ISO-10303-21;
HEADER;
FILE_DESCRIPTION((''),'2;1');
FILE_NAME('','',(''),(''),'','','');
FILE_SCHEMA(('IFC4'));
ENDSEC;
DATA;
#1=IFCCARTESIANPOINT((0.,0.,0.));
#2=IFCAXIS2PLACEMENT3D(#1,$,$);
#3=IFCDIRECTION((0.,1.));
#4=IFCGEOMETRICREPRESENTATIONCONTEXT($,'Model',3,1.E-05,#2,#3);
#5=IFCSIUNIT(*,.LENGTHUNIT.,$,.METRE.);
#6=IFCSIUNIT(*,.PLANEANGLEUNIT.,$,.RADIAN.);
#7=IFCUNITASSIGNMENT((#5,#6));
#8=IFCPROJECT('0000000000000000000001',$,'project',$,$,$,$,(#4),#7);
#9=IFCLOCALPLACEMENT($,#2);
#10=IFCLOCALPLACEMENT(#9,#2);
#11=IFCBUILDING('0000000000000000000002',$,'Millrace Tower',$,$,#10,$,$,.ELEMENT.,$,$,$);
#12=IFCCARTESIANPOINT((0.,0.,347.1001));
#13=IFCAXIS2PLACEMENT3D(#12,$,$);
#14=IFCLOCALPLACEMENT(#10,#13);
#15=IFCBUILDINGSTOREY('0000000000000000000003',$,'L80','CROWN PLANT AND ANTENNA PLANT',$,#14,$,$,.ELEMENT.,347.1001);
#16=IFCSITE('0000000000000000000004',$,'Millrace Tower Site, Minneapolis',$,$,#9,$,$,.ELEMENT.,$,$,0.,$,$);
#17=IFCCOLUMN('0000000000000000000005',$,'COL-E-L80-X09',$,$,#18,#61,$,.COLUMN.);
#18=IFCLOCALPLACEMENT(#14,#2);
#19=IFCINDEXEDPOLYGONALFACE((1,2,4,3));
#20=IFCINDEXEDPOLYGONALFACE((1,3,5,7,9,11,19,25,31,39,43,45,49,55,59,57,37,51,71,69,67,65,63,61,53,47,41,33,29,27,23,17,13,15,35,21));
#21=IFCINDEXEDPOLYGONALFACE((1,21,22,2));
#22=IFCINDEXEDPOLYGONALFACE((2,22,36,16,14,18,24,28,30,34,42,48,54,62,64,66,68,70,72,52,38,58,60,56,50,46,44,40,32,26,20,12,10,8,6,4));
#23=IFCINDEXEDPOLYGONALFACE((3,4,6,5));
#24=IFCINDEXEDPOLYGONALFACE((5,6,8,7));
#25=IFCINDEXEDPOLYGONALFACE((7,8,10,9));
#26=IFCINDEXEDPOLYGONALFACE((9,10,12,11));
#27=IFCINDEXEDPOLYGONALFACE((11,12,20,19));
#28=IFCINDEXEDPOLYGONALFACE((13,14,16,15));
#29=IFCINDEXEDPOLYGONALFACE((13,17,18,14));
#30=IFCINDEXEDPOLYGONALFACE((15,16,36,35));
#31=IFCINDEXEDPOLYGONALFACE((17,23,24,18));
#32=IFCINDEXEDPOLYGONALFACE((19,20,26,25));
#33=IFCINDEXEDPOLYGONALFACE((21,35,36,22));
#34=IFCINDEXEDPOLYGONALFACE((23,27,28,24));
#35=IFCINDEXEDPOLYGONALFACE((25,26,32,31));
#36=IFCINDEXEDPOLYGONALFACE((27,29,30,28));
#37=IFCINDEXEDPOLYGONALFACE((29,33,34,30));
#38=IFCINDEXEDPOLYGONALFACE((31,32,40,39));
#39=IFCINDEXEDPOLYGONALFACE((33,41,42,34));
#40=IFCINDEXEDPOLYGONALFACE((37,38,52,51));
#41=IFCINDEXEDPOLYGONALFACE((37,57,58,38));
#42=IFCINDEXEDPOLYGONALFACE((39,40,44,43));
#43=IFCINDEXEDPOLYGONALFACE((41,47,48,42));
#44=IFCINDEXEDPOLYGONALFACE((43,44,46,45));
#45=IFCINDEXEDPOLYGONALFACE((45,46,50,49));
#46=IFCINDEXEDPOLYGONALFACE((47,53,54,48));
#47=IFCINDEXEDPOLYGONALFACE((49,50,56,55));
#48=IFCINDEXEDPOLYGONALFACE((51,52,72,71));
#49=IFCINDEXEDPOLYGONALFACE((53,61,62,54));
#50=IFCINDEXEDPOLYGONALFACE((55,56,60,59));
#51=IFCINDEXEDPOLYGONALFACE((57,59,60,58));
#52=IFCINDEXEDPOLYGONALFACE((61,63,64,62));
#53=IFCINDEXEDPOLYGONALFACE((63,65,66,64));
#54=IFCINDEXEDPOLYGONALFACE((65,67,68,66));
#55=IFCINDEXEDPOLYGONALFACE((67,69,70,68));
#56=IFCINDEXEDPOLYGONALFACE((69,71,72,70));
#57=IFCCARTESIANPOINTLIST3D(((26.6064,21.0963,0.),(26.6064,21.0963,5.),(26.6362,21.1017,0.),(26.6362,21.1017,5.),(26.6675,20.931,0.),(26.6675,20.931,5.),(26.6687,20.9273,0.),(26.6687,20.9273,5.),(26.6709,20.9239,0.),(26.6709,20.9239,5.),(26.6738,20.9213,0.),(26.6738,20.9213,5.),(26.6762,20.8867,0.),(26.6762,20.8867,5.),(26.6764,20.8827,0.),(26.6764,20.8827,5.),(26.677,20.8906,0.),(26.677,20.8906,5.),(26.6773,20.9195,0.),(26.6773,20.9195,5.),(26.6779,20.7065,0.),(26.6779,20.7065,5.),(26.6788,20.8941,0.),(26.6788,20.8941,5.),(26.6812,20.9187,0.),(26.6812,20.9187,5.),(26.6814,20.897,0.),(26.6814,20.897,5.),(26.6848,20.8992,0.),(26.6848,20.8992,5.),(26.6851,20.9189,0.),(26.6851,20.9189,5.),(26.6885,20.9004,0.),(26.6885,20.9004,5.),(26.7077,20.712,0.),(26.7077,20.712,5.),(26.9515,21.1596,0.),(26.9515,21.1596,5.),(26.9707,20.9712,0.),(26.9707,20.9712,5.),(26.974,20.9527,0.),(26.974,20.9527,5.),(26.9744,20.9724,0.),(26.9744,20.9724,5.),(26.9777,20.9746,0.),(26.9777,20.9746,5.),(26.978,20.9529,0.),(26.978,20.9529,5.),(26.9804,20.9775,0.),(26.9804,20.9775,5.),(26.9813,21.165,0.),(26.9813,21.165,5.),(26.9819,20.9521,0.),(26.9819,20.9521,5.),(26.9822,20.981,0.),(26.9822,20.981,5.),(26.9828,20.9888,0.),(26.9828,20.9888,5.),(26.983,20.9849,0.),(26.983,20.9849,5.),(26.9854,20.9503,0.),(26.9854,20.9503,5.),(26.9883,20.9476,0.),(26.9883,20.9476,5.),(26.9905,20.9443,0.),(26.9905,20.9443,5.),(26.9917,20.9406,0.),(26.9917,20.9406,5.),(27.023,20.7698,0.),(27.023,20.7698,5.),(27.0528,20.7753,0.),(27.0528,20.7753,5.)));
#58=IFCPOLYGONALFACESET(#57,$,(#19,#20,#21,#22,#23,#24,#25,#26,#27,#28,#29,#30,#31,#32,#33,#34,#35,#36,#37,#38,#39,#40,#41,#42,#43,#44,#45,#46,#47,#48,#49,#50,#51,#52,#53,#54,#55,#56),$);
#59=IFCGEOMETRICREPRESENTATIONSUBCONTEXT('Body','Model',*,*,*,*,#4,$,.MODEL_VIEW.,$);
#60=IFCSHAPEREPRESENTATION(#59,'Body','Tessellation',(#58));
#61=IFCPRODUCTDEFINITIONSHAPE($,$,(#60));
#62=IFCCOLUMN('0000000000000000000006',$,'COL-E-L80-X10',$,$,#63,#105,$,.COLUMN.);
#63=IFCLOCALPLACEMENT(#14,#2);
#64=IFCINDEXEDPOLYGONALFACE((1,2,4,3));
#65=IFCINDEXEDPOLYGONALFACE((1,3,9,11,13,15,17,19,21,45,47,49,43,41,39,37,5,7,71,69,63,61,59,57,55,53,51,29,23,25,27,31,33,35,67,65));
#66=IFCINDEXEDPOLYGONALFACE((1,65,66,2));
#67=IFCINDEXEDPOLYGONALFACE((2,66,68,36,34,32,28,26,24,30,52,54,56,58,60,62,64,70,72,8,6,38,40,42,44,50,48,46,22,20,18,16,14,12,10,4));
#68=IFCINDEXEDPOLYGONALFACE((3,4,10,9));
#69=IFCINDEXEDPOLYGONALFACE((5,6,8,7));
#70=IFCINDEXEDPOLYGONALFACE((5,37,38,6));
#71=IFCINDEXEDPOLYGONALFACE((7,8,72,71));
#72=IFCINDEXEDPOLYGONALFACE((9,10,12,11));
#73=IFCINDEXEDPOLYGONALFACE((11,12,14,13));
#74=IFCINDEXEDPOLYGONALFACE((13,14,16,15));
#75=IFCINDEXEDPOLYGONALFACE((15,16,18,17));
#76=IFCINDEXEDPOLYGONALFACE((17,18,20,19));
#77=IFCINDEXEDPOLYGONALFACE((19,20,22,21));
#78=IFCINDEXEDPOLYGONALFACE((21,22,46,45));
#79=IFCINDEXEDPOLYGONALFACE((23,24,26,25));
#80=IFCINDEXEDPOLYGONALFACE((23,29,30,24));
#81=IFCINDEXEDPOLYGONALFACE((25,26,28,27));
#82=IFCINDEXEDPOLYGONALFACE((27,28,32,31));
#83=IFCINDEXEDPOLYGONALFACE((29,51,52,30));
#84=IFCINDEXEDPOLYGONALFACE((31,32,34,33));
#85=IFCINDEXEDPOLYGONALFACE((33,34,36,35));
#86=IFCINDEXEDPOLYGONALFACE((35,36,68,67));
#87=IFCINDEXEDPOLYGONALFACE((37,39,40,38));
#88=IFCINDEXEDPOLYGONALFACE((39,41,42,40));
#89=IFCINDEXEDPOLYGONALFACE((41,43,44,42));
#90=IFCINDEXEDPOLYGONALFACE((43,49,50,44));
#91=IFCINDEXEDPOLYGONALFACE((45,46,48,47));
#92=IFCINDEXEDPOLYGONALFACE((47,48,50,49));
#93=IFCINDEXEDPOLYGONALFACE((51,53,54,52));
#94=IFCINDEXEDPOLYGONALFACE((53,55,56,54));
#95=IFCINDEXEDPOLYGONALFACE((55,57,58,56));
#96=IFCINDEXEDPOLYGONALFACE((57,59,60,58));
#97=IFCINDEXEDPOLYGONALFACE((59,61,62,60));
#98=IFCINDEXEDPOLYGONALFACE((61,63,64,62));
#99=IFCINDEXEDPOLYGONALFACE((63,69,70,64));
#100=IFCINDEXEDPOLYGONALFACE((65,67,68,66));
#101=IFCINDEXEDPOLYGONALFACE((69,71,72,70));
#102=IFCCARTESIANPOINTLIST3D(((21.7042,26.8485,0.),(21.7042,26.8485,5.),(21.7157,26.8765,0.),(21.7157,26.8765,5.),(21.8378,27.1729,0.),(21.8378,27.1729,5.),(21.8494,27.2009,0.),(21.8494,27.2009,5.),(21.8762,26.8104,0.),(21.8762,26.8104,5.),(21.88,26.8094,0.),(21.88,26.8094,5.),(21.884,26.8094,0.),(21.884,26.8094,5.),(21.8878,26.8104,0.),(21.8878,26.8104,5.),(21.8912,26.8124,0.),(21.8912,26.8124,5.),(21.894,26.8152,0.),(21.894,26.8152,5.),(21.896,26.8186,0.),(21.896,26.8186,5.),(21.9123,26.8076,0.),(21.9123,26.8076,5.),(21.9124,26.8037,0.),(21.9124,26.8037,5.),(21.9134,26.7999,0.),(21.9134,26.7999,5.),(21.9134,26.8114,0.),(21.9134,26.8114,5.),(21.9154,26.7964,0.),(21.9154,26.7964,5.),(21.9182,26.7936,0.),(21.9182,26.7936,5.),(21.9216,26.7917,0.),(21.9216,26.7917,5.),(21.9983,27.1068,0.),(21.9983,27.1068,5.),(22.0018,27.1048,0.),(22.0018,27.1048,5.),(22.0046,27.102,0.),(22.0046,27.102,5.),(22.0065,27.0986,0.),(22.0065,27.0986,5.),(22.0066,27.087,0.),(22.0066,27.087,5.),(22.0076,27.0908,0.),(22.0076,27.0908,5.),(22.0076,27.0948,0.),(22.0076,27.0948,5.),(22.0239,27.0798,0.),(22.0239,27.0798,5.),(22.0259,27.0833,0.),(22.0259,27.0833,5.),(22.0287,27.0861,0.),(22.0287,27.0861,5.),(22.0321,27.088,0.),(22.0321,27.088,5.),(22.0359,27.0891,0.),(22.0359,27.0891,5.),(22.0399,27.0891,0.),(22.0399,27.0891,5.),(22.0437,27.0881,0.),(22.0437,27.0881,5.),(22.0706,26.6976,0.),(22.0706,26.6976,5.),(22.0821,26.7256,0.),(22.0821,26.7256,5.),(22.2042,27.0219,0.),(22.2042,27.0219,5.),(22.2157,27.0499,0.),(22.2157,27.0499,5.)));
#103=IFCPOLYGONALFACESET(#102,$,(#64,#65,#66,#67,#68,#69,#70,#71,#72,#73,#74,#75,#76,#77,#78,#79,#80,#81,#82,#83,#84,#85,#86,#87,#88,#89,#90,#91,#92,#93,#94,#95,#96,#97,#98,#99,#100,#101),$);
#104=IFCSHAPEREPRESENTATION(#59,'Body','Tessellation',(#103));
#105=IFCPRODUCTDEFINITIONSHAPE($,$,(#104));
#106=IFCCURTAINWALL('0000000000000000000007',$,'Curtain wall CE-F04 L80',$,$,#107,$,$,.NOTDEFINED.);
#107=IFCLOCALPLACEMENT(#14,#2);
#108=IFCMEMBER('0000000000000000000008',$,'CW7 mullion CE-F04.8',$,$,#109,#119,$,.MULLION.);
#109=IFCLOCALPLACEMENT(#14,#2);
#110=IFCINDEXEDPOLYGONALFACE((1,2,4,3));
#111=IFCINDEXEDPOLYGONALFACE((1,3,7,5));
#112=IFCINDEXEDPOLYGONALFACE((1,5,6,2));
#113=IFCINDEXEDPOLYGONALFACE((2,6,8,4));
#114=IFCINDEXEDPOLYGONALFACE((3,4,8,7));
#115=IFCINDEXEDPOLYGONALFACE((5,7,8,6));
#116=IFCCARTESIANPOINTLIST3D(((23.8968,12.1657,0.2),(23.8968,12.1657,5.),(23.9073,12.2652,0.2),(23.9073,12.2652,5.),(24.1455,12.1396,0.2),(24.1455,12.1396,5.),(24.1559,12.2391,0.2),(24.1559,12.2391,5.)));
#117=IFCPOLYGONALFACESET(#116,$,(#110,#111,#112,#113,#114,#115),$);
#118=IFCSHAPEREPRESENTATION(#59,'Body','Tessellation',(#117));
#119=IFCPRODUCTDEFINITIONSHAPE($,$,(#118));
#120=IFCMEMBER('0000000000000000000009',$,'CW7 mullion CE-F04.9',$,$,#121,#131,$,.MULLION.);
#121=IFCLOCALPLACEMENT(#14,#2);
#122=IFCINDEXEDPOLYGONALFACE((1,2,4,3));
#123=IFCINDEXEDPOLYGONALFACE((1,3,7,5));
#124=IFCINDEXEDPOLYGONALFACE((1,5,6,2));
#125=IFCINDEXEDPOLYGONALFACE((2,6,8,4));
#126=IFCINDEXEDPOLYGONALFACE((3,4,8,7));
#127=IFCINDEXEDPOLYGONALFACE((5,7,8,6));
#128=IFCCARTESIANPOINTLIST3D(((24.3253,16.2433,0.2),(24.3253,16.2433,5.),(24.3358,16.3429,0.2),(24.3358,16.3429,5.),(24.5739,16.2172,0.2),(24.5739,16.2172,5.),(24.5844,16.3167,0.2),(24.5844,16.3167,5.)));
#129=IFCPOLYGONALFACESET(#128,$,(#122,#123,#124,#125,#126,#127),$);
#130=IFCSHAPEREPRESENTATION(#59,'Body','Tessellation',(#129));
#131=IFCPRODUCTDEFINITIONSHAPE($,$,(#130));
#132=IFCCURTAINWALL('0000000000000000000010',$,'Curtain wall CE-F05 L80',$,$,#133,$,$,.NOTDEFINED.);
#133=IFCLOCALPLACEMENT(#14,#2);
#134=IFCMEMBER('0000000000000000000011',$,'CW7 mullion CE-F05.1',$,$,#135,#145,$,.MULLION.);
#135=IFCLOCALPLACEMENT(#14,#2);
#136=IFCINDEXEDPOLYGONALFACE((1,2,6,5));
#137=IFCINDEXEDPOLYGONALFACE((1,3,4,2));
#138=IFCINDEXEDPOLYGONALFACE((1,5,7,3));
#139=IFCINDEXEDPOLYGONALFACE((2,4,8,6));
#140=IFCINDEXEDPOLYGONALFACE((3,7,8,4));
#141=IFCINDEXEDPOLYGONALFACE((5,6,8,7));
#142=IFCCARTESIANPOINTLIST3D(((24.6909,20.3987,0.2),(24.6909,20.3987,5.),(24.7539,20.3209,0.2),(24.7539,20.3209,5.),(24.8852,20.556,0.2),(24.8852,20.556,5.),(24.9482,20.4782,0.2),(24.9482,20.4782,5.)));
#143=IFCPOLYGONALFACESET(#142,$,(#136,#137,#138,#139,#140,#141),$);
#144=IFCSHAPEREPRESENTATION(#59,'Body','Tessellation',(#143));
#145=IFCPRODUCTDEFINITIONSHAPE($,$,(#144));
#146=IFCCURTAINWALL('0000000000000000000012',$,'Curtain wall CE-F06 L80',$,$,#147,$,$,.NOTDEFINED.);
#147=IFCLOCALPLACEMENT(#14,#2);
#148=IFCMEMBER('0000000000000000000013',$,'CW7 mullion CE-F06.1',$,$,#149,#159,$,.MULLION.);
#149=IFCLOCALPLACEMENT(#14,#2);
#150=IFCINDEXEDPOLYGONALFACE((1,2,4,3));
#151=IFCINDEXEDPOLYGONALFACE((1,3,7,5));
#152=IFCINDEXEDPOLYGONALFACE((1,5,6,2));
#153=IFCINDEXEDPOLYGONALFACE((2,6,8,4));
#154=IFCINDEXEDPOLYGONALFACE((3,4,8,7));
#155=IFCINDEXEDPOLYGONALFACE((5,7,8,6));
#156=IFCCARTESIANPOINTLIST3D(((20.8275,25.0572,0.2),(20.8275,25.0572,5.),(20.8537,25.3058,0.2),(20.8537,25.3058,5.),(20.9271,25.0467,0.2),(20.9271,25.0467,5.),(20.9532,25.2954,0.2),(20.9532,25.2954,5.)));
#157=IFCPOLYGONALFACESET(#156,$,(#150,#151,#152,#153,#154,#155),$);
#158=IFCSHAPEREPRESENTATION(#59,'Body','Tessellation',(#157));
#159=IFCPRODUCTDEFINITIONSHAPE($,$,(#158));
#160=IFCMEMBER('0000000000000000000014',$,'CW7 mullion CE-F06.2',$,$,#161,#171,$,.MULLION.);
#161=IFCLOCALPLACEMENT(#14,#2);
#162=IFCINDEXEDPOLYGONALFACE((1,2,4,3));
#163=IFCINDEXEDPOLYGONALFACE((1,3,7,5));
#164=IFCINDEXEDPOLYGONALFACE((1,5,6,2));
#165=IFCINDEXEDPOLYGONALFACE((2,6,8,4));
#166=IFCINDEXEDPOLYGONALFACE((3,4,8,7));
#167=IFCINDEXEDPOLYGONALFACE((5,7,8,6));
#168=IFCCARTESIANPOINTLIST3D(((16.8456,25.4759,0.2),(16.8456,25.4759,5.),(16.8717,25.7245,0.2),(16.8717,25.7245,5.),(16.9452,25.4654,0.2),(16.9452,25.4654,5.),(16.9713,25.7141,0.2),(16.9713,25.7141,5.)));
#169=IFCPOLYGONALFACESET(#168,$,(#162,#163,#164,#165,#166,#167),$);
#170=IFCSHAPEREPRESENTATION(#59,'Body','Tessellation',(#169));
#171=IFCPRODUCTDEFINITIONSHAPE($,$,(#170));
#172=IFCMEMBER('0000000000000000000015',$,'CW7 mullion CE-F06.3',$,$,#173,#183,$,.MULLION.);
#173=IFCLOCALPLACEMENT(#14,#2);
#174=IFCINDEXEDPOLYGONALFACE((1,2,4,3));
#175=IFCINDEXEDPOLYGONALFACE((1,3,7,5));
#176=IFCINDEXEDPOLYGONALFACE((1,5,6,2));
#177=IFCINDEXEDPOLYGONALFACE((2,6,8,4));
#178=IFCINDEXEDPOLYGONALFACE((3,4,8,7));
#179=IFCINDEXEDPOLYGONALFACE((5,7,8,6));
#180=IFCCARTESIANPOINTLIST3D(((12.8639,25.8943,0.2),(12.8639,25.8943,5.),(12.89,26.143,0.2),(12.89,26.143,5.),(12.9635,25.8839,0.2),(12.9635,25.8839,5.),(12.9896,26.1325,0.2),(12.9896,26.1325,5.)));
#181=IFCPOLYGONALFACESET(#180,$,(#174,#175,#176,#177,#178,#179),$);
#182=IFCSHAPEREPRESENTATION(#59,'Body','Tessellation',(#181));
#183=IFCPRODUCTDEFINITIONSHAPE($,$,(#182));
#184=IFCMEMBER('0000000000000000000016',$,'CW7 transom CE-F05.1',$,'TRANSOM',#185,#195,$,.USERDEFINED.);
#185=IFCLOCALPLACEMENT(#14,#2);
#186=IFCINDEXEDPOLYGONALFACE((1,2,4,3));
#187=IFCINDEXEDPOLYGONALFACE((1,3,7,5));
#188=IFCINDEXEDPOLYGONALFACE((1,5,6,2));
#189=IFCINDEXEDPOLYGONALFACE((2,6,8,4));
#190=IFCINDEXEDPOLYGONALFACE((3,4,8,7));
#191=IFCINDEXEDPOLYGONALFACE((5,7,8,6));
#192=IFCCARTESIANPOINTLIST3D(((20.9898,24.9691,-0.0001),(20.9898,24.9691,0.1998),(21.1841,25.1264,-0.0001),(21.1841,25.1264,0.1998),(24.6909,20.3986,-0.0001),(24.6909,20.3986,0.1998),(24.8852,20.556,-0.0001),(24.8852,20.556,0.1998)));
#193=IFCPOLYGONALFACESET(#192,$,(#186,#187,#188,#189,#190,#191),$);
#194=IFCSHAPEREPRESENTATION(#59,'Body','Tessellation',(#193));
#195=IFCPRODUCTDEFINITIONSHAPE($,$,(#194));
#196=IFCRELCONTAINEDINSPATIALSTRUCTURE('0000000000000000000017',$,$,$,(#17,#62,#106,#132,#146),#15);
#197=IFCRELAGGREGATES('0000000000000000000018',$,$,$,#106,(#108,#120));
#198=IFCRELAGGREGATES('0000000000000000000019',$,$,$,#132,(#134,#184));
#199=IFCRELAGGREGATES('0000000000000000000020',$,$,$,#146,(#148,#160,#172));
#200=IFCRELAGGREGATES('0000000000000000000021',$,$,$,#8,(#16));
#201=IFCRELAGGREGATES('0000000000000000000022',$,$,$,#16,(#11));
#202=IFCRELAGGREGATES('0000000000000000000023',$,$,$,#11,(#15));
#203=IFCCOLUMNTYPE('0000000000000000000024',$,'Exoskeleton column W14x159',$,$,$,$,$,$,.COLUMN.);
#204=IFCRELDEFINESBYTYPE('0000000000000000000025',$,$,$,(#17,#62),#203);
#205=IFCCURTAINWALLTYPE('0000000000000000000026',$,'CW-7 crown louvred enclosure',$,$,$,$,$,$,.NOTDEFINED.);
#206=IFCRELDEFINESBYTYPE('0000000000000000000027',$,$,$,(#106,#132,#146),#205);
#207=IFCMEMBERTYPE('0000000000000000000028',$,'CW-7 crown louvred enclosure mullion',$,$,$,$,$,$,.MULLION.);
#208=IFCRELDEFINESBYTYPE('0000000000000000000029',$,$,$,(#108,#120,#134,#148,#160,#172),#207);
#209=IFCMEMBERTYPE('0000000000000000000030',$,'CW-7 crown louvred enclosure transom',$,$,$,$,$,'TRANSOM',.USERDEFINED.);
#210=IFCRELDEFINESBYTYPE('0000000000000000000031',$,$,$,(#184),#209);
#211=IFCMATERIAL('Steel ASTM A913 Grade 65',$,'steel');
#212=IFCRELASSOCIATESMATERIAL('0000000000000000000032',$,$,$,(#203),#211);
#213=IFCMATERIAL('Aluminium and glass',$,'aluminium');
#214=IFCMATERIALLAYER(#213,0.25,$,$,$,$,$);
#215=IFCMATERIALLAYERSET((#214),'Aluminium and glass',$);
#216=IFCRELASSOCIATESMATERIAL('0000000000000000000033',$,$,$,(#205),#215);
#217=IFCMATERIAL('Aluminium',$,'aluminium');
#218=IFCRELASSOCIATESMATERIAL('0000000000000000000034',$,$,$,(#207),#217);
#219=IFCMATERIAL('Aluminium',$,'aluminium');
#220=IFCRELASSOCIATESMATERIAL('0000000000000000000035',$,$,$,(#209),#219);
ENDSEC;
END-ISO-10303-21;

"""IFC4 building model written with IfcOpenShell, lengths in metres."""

from ifc_helpers import new_model, si_unit, direction, frame, origin, origin_2d, place, context, subcontext, project, spatial, rectangle, i_section, extrude, material, layer, layer_set, material_profile, profile_set, type_object, element, aggregate, save


model = new_model("IFC4")

# Units and contexts
model_context = context("Model", 3, precision=1e-05, world=origin(), true_north=direction((0.0, 1.0)))
body_context = subcontext(model_context, "Body", "Model", "MODEL_VIEW")
ifc_project = project(units=[si_unit("LENGTHUNIT", "METRE"), si_unit("PLANEANGLEUNIT", "RADIAN")], contexts=[model_context])

# Site, building, storey
site_placement = place(None, origin())
site = spatial("IfcSite", under=ifc_project, at=site_placement, Name="Millrace Tower Site, Minneapolis", CompositionType="ELEMENT", RefElevation=0.0)
building_placement = place(site_placement, origin())
building = spatial("IfcBuilding", under=site, at=building_placement, Name="Millrace Tower", CompositionType="ELEMENT")
storey_placement = place(building_placement, frame((0.0, 0.0, 347.1001)))
storey = spatial("IfcBuildingStorey", under=building, at=storey_placement, Name="L80", Description="CROWN PLANT AND ANTENNA PLANT", CompositionType="ELEMENT", Elevation=347.1001)

# Columns
ifc_material_1 = material(Name="Steel ASTM A913 Grade 65", Category="steel")
ifc_material_profile_1 = material_profile(ifc_material_1, i_section(OverallWidth=0.3962, OverallDepth=0.3811, WebThickness=0.0188, FlangeThickness=0.0303, FilletRadius=0.0151, at=origin_2d()))
ifc_profile_set_1 = profile_set([ifc_material_profile_1], Name="Steel ASTM A913 Grade 65")
column_type = type_object("IfcColumnType", Name="Exoskeleton column W14x159", PredefinedType="COLUMN", material=ifc_profile_set_1)
for number, where, z_axis, x_axis, name in (
    (1, (26.8296, 20.9358, 0.0), (0.0, 0.0, 1.0), (-0.180387, 0.983596, 0.0), "COL-E-L80-X09"),
    (2, (21.96, 26.9492, 0.0), (0.0, 0.0, 1.0), (-0.924597, 0.380947, 0.0), "COL-E-L80-X10"),
):
    element("IfcColumn", number, at=place(storey_placement, frame(where, z_axis=z_axis, x_axis=x_axis)), inside=storey, type_object=column_type, Name=name, PredefinedType="COLUMN", context=body_context, shape_type="SweptSolid", body=[
        extrude(i_section(OverallWidth=0.3962, OverallDepth=0.3811, WebThickness=0.0188, FlangeThickness=0.0303, FilletRadius=0.0151, at=origin_2d()), origin(), (0.0, 0.0, 1.0), 5.0),
    ])

# Curtain wall, members
ifc_material_2 = material(Name="Aluminium and glass", Category="aluminium")
ifc_layer_1 = layer(ifc_material_2, 0.25)
ifc_layer_set_1 = layer_set([ifc_layer_1], Name="Aluminium and glass")
curtain_wall_type = type_object("IfcCurtainWallType", Name="CW-7 crown louvred enclosure", PredefinedType="NOTDEFINED", material=ifc_layer_set_1)
placement = place(storey_placement, origin())
curtain_wall_1 = element("IfcCurtainWall", 3, at=placement, inside=storey, type_object=curtain_wall_type, Name="Curtain wall CE-F04 L80", PredefinedType="NOTDEFINED")
ifc_material_3 = material(Name="Aluminium", Category="aluminium")
ifc_material_profile_2 = material_profile(ifc_material_3, rectangle(XDim=0.1001, YDim=0.25, at=origin_2d()))
ifc_profile_set_2 = profile_set([ifc_material_profile_2], Name="Aluminium")
member_type_1 = type_object("IfcMemberType", Name="CW-7 crown louvred enclosure mullion", PredefinedType="MULLION", material=ifc_profile_set_2)
member_1_placement = place(storey_placement, frame((24.0264, 12.2024, 0.2), z_axis=(0.0, 0.0, 1.0), x_axis=(0.104528, 0.994522, 0.0)))
member_1 = element("IfcMember", 4, at=member_1_placement, type_object=member_type_1, Name="CW7 mullion CE-F04.8", PredefinedType="MULLION", context=body_context, shape_type="SweptSolid", body=[
    extrude(rectangle(XDim=0.1001, YDim=0.25, at=origin_2d()), origin(), (0.0, 0.0, 1.0), 4.8),
])
member_2_placement = place(storey_placement, frame((24.4548, 16.28, 0.2), z_axis=(0.0, 0.0, 1.0), x_axis=(0.104528, 0.994522, 0.0)))
member_2 = element("IfcMember", 5, at=member_2_placement, type_object=member_type_1, Name="CW7 mullion CE-F04.9", PredefinedType="MULLION", context=body_context, shape_type="SweptSolid", body=[
    extrude(rectangle(XDim=0.1001, YDim=0.25, at=origin_2d()), origin(), (0.0, 0.0, 1.0), 4.8),
])
aggregate(curtain_wall_1, [member_1, member_2])

# Curtain wall, member
curtain_wall_2 = element("IfcCurtainWall", 6, at=placement, inside=storey, type_object=curtain_wall_type, Name="Curtain wall CE-F05 L80", PredefinedType="NOTDEFINED")
member_3_placement = place(storey_placement, frame((24.8196, 20.4385, 0.2), z_axis=(0.0, 0.0, 1.0), x_axis=(-0.62932, 0.777146, 0.0)))
member_3 = element("IfcMember", 7, at=member_3_placement, type_object=member_type_1, Name="CW7 mullion CE-F05.1", PredefinedType="MULLION", context=body_context, shape_type="SweptSolid", body=[
    extrude(rectangle(XDim=0.1001, YDim=0.25, at=origin_2d()), origin(), (0.0, 0.0, 1.0), 4.8),
])

# Curtain wall, members
curtain_wall_3 = element("IfcCurtainWall", 8, at=placement, inside=storey, type_object=curtain_wall_type, Name="Curtain wall CE-F06 L80", PredefinedType="NOTDEFINED")
member_4_placement = place(storey_placement, frame((20.8904, 25.1763, 0.2), z_axis=(0.0, 0.0, 1.0), x_axis=(-0.994522, 0.104528, 0.0)))
member_4 = element("IfcMember", 9, at=member_4_placement, type_object=member_type_1, Name="CW7 mullion CE-F06.1", PredefinedType="MULLION", context=body_context, shape_type="SweptSolid", body=[
    extrude(rectangle(XDim=0.1001, YDim=0.25, at=origin_2d()), origin(), (0.0, 0.0, 1.0), 4.8),
])
member_5_placement = place(storey_placement, frame((16.9084, 25.595, 0.2), z_axis=(0.0, 0.0, 1.0), x_axis=(-0.994522, 0.104528, 0.0)))
member_5 = element("IfcMember", 10, at=member_5_placement, type_object=member_type_1, Name="CW7 mullion CE-F06.2", PredefinedType="MULLION", context=body_context, shape_type="SweptSolid", body=[
    extrude(rectangle(XDim=0.1001, YDim=0.25, at=origin_2d()), origin(), (0.0, 0.0, 1.0), 4.8),
])
member_6_placement = place(storey_placement, frame((12.9268, 26.0134, 0.2), z_axis=(0.0, 0.0, 1.0), x_axis=(-0.994522, 0.104528, 0.0)))
member_6 = element("IfcMember", 11, at=member_6_placement, type_object=member_type_1, Name="CW7 mullion CE-F06.3", PredefinedType="MULLION", context=body_context, shape_type="SweptSolid", body=[
    extrude(rectangle(XDim=0.1001, YDim=0.25, at=origin_2d()), origin(), (0.0, 0.0, 1.0), 4.8),
])

# Member
ifc_material_4 = material(Name="Aluminium", Category="aluminium")
ifc_material_profile_3 = material_profile(ifc_material_4, rectangle(XDim=0.25, YDim=0.2, at=origin_2d()))
ifc_profile_set_3 = profile_set([ifc_material_profile_3], Name="Aluminium")
member_type_2 = type_object("IfcMemberType", Name="CW-7 crown louvred enclosure transom", ElementType="TRANSOM", PredefinedType="USERDEFINED", material=ifc_profile_set_3)
member_7_placement = place(storey_placement, frame((24.7881, 20.4773, 0.0999), z_axis=(-0.629321, 0.777145, 0.0), x_axis=(-0.777145, -0.629321, 0.0)))
member_7 = element("IfcMember", 12, at=member_7_placement, type_object=member_type_2, Name="CW7 transom CE-F05.1", ObjectType="TRANSOM", PredefinedType="USERDEFINED", context=body_context, shape_type="SweptSolid", body=[
    extrude(rectangle(XDim=0.25, YDim=0.2, at=origin_2d()), origin(), (0.0, 0.0, 1.0), 5.8811),
])
aggregate(curtain_wall_2, [member_3, member_7])
aggregate(curtain_wall_3, [member_4, member_5, member_6])

save(model, "model.ifc")
